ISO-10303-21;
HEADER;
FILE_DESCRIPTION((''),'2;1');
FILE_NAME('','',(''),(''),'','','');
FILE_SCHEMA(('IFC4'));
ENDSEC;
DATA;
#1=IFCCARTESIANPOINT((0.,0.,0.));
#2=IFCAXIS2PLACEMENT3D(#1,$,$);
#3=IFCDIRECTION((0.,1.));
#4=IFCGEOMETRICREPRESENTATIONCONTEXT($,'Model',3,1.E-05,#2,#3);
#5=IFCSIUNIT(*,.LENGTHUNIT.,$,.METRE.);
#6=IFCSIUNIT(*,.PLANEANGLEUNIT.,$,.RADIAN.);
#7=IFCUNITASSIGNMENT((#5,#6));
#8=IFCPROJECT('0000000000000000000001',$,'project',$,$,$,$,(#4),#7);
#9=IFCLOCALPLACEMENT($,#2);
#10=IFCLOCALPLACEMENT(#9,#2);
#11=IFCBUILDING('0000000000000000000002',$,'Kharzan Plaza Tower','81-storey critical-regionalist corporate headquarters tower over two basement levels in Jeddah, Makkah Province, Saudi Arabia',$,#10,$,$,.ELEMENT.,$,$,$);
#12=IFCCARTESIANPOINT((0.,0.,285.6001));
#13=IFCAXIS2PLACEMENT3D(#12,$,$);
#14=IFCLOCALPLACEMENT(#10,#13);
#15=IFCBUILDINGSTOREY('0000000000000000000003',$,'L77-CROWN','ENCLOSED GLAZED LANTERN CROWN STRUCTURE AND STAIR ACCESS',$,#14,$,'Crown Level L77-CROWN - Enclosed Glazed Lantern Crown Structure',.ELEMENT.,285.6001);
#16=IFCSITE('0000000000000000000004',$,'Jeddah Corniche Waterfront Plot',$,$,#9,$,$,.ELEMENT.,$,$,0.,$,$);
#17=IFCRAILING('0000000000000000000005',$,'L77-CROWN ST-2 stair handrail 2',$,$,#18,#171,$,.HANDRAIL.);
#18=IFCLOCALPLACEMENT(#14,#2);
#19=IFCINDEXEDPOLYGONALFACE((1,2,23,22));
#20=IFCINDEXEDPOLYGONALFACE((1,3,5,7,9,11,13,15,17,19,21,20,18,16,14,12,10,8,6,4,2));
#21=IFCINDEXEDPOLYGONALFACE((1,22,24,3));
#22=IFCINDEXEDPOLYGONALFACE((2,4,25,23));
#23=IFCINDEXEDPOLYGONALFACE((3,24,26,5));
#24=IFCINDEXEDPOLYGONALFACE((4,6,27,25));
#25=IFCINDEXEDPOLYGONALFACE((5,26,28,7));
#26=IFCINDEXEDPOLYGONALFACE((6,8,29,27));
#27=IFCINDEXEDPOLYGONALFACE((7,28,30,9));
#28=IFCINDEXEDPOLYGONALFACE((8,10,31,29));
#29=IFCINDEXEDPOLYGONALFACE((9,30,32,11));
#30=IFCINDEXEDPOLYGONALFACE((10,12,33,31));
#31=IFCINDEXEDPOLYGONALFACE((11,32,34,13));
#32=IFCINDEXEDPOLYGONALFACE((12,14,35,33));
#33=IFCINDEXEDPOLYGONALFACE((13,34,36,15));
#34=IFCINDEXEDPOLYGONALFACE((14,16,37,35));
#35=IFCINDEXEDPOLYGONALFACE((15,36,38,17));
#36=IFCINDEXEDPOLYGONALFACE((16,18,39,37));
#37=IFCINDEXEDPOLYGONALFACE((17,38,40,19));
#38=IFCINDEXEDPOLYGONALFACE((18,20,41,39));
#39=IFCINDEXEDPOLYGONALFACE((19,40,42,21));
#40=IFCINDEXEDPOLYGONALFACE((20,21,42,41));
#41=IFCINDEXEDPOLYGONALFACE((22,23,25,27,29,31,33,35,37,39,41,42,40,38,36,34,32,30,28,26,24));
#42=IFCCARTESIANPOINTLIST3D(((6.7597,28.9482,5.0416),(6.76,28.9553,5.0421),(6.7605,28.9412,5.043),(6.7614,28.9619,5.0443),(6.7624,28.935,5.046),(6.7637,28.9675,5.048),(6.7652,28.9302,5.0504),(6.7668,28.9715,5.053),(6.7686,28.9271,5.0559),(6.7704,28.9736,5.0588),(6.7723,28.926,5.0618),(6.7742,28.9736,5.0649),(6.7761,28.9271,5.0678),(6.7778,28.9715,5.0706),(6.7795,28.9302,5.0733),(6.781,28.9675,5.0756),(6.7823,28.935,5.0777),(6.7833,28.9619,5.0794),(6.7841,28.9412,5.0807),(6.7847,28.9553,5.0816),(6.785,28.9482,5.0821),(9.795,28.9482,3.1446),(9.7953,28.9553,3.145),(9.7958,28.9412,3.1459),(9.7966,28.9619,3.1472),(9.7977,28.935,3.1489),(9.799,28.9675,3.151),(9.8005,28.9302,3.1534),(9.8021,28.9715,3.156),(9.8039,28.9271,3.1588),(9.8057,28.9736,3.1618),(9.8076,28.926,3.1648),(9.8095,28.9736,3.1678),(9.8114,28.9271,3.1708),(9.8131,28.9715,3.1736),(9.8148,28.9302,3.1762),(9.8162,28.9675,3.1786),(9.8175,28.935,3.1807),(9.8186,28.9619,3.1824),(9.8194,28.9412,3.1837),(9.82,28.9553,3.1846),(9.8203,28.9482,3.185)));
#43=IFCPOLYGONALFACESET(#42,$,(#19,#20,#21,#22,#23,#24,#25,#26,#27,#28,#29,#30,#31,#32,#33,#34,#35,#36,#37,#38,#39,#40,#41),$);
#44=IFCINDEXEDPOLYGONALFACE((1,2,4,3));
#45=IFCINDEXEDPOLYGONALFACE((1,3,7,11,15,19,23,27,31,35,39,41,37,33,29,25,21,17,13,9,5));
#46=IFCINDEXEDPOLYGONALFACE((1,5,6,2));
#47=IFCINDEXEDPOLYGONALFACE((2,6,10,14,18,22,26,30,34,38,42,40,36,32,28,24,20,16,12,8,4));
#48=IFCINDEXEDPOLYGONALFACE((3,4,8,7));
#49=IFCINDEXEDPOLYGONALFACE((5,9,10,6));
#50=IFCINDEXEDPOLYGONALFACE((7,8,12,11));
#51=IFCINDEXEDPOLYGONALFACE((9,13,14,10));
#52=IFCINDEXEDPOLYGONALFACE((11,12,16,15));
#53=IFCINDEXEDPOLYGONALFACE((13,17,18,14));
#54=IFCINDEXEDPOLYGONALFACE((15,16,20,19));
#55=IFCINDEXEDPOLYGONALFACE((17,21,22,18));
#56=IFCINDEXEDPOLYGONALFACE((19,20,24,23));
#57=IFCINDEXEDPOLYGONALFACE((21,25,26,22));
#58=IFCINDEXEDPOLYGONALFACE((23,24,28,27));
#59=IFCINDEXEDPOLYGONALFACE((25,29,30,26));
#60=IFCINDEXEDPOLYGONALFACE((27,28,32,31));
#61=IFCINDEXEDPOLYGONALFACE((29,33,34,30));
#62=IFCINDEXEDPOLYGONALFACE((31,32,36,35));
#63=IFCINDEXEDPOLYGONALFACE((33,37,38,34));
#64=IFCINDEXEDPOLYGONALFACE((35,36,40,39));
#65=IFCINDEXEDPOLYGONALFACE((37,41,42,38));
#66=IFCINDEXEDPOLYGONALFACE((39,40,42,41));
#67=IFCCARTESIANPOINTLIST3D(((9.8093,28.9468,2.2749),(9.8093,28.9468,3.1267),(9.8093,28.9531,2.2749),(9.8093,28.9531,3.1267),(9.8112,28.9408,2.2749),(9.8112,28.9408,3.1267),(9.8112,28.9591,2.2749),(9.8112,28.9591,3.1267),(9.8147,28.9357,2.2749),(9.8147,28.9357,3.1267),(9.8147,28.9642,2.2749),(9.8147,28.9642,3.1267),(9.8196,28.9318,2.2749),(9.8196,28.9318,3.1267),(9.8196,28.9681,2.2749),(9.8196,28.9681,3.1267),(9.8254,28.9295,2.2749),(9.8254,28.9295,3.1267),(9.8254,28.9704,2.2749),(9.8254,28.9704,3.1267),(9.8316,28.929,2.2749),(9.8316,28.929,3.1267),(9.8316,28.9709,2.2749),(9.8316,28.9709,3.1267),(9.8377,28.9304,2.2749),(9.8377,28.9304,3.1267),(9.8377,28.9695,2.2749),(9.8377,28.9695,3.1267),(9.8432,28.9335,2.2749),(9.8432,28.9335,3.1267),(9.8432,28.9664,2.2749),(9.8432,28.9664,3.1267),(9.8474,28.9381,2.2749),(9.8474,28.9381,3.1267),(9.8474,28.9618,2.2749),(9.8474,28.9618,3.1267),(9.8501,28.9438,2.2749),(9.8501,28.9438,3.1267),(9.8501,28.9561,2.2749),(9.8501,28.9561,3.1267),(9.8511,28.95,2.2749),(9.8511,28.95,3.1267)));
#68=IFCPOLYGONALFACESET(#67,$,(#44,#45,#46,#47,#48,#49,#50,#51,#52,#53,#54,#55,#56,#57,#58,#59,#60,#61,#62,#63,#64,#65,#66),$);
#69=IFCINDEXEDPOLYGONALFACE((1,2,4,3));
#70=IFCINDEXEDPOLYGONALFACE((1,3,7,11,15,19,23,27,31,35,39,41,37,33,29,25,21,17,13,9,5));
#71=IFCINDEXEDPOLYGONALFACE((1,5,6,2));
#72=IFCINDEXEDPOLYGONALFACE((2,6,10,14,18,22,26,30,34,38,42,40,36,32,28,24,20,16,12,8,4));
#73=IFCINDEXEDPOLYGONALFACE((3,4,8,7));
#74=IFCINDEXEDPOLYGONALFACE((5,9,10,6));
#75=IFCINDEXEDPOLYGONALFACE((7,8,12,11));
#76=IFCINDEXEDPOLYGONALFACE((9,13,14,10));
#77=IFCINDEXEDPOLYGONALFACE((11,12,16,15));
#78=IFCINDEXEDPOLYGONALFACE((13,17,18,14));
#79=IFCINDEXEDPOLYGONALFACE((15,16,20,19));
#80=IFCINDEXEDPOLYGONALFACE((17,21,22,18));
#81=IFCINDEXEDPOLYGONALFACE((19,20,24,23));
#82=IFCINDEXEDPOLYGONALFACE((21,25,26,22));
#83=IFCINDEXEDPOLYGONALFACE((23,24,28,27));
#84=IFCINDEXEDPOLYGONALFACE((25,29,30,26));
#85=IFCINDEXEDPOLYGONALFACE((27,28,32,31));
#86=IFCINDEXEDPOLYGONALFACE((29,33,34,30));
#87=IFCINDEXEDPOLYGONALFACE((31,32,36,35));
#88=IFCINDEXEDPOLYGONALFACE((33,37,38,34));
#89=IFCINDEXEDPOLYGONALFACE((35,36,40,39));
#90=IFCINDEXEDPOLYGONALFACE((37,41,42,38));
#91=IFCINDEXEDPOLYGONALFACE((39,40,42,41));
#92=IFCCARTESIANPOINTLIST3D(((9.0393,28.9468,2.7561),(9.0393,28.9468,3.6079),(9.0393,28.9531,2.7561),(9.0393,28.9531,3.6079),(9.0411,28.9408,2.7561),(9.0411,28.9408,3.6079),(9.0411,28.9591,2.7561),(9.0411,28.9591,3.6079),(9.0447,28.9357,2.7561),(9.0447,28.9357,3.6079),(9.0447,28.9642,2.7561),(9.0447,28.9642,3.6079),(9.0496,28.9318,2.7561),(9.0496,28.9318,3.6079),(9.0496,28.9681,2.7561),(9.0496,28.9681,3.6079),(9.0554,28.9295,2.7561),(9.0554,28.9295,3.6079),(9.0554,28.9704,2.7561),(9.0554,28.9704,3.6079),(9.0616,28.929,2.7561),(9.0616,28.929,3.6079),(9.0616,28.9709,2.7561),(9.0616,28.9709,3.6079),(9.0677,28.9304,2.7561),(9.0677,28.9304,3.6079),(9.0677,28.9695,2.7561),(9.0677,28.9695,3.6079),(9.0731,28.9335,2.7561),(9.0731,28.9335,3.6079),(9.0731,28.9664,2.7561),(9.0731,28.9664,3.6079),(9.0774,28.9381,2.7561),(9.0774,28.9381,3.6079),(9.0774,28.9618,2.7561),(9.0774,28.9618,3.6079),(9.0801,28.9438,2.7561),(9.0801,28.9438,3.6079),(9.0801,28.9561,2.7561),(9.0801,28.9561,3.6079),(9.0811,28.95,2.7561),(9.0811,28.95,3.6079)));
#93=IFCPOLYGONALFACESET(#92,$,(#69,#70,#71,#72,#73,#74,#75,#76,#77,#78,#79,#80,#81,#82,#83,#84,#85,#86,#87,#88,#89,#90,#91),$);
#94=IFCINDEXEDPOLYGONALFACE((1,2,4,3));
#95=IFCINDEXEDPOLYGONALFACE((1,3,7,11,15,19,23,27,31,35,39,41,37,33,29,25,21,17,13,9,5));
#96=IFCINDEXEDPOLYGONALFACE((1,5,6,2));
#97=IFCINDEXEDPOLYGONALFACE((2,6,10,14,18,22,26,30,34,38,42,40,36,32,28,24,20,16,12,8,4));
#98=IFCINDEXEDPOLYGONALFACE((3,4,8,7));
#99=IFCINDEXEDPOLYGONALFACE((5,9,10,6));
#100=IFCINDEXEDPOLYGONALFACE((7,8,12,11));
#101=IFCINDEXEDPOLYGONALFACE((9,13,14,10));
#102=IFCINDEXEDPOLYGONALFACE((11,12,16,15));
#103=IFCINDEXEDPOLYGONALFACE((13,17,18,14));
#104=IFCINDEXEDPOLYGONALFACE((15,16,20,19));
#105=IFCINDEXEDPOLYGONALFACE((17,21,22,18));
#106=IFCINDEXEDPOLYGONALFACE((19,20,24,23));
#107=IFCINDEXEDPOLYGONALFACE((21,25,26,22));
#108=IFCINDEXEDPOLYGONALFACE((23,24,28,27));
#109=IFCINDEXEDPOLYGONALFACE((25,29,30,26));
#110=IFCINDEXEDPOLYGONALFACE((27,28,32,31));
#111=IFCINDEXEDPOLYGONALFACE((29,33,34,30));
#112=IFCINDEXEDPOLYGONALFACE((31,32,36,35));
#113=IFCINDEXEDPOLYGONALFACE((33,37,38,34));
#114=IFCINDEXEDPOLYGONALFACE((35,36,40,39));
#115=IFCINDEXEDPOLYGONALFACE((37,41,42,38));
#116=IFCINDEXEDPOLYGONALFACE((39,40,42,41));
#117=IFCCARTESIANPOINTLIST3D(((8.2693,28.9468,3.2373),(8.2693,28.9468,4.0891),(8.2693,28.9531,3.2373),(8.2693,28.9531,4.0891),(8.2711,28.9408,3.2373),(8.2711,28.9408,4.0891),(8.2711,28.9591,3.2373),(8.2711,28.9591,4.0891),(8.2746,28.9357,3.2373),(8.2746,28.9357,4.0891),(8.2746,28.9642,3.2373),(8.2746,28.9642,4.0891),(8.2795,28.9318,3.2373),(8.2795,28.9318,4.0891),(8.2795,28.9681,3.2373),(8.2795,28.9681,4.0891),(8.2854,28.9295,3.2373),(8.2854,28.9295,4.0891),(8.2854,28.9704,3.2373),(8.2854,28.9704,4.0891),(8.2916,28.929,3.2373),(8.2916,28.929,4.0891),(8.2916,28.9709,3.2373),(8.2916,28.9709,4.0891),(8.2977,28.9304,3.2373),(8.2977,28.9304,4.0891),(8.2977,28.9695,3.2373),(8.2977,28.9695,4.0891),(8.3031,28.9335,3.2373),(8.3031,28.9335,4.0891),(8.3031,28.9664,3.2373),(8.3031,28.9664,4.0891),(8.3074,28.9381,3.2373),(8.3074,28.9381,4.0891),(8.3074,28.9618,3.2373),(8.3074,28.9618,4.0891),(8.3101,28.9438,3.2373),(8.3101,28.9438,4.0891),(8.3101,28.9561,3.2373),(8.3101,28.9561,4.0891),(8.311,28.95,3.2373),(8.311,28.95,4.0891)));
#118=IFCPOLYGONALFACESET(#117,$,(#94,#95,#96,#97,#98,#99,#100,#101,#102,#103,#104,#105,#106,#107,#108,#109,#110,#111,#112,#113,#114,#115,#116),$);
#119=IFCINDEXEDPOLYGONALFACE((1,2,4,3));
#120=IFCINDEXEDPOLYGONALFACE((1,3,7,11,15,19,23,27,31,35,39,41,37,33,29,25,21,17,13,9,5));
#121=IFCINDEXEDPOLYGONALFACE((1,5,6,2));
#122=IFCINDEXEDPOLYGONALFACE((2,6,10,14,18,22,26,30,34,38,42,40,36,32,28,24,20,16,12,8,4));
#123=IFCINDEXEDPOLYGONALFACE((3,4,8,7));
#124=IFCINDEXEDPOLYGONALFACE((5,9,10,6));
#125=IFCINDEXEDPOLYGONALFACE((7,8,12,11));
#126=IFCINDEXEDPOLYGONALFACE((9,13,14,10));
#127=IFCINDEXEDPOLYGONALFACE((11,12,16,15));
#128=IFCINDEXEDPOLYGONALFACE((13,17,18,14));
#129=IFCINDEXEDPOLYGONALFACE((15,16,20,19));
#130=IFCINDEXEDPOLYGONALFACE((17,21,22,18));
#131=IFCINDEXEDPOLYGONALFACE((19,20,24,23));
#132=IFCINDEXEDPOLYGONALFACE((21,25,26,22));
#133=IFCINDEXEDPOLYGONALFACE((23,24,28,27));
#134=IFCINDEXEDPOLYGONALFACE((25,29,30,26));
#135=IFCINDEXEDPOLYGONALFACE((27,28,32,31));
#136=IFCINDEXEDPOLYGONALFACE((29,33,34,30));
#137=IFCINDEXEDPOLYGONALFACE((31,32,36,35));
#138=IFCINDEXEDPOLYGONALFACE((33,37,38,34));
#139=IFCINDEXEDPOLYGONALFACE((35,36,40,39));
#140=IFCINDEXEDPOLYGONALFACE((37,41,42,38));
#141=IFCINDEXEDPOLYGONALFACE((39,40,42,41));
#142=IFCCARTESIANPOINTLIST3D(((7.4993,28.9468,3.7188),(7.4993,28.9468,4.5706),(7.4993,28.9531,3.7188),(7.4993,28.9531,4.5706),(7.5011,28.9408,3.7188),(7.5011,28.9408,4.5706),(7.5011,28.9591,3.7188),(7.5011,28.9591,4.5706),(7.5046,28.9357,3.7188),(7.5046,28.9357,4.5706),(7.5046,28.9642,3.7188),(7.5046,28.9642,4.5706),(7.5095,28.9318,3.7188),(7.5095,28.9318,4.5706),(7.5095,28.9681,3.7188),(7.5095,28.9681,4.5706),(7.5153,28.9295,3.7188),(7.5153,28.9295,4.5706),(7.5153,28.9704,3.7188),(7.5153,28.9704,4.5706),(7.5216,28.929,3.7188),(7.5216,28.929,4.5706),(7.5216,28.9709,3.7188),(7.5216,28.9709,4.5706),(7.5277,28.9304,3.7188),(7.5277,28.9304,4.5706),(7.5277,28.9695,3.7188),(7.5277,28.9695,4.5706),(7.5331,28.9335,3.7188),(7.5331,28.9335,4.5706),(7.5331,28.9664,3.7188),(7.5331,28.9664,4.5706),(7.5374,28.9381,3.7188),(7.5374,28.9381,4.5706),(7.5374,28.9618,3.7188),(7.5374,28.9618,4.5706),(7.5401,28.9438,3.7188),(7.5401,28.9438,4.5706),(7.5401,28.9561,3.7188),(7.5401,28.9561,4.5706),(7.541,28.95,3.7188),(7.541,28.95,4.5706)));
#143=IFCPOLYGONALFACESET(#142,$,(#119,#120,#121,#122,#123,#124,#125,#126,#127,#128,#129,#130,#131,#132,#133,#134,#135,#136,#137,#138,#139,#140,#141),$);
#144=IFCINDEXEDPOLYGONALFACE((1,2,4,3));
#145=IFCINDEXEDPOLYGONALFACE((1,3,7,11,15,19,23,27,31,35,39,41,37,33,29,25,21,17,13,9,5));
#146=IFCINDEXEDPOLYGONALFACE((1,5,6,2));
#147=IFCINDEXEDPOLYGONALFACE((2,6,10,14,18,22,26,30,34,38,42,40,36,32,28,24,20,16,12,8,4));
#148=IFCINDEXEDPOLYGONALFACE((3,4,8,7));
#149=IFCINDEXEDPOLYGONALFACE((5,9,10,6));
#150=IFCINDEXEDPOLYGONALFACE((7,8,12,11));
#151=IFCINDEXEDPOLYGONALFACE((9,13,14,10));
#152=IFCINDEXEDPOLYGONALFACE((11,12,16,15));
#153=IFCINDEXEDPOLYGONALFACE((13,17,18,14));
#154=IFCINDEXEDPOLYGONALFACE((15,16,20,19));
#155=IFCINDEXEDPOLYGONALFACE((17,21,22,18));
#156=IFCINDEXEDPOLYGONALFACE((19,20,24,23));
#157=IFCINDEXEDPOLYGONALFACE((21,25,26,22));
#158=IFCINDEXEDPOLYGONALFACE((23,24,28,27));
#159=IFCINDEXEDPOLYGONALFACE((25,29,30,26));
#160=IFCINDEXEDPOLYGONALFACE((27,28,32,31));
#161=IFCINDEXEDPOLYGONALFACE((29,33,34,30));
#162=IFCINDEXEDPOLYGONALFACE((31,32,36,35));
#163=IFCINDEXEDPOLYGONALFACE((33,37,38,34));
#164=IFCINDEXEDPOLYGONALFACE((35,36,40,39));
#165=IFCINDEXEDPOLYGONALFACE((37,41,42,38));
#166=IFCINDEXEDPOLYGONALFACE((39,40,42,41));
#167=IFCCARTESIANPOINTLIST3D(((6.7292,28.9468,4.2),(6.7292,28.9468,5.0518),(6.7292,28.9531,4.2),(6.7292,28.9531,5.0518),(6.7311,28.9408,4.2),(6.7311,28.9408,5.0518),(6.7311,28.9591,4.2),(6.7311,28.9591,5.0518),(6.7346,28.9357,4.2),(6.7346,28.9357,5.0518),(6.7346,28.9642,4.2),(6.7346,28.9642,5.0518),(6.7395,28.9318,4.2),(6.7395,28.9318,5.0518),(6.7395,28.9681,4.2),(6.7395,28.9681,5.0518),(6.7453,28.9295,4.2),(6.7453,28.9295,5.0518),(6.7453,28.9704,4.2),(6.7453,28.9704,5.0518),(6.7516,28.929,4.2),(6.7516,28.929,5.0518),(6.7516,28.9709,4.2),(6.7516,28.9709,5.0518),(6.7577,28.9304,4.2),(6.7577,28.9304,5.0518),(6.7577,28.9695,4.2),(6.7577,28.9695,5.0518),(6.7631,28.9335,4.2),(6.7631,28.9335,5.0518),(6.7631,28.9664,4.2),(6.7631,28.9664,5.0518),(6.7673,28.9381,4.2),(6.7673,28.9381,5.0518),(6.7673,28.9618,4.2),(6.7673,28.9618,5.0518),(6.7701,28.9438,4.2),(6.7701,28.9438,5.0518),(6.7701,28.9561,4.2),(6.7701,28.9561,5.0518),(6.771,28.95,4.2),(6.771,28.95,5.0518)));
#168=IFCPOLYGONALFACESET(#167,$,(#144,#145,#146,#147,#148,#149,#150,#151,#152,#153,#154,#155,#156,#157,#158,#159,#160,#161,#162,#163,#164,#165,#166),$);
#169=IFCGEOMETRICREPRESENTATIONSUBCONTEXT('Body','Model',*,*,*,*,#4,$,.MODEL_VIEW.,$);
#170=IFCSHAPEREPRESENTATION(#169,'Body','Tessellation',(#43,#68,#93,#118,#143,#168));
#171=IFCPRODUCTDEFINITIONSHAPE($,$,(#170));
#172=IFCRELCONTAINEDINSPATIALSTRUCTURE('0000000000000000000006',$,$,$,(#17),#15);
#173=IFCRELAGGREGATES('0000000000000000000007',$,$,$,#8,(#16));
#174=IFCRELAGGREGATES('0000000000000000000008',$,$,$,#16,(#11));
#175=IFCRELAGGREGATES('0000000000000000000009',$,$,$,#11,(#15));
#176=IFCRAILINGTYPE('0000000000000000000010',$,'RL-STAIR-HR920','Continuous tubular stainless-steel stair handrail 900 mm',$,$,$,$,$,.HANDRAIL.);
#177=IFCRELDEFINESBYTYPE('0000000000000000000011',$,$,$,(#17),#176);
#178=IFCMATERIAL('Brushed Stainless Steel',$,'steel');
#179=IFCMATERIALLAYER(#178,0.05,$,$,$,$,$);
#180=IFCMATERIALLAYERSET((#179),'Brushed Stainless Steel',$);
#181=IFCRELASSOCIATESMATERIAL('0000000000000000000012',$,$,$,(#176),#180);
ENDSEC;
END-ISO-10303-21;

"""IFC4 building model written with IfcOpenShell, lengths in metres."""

from ifc_helpers import new_model, si_unit, direction, frame, origin, origin_2d, place, context, subcontext, project, spatial, circle, extrude, source, transform, mapped, material, layer, layer_set, type_object, element, save


model = new_model("IFC4")

# Units and contexts
model_context = context("Model", 3, precision=1e-05, world=origin(), true_north=direction((0.0, 1.0)))
body_context = subcontext(model_context, "Body", "Model", "MODEL_VIEW")
ifc_project = project(units=[si_unit("LENGTHUNIT", "METRE"), si_unit("PLANEANGLEUNIT", "RADIAN")], contexts=[model_context])

# Site, building, storey
site_placement = place(None, origin())
site = spatial("IfcSite", under=ifc_project, at=site_placement, Name="Jeddah Corniche Waterfront Plot", CompositionType="ELEMENT", RefElevation=0.0)
building_placement = place(site_placement, origin())
building = spatial("IfcBuilding", under=site, at=building_placement, Name="Kharzan Plaza Tower", Description="81-storey critical-regionalist corporate headquarters tower over two basement levels in Jeddah, Makkah Province, Saudi Arabia", CompositionType="ELEMENT")
storey_placement = place(building_placement, frame((0.0, 0.0, 285.6001)))
storey = spatial("IfcBuildingStorey", under=building, at=storey_placement, Name="L77-CROWN", Description="ENCLOSED GLAZED LANTERN CROWN STRUCTURE AND STAIR ACCESS", LongName="Crown Level L77-CROWN - Enclosed Glazed Lantern Crown Structure", CompositionType="ELEMENT", Elevation=285.6001)

# Railing
ifc_material_1 = material(Name="Brushed Stainless Steel", Category="steel")
ifc_layer_1 = layer(ifc_material_1, 0.05)
ifc_layer_set_1 = layer_set([ifc_layer_1], Name="Brushed Stainless Steel")
railing_type = type_object("IfcRailingType", Name="RL-STAIR-HR920", Description="Continuous tubular stainless-steel stair handrail 900 mm", PredefinedType="HANDRAIL", material=ifc_layer_set_1)
shared_shape_1 = source(origin(), body_context, "Body", "SweptSolid", [
    extrude(circle(Radius=0.0239, at=origin_2d()), frame((-0.0225, 0.0, 0.8899), z_axis=(-0.847998, 0.0, 0.529999), x_axis=(0.0, -1.0, 0.0)), (0.0, 0.0, 1.0), 3.5793),
    extrude(circle(Radius=0.021, at=origin_2d()), origin(), (0.0, 0.0, 1.0), 0.8518),
    extrude(circle(Radius=0.021, at=origin_2d()), frame((-0.77, 0.0, 0.4812)), (0.0, 0.0, 1.0), 0.8518),
    extrude(circle(Radius=0.021, at=origin_2d()), frame((-1.54, 0.0, 0.9624)), (0.0, 0.0, 1.0), 0.8518),
    extrude(circle(Radius=0.021, at=origin_2d()), frame((-2.3101, 0.0, 1.4438)), (0.0, 0.0, 1.0), 0.8518),
    extrude(circle(Radius=0.021, at=origin_2d()), frame((-3.0801, 0.0, 1.925)), (0.0, 0.0, 1.0), 0.8518),
])
railing_placement = place(storey_placement, frame((9.8301, 28.95, 2.2749)))
element("IfcRailing", 1, at=railing_placement, inside=storey, type_object=railing_type, Name="L77-CROWN ST-2 stair handrail 2", PredefinedType="HANDRAIL", context=body_context, shape_type="MappedRepresentation", body=[
    mapped(shared_shape_1, transform((0.0, 0.0, 0.0), x_axis=(1.0, 0.0, 0.0), y_axis=(0.0, 1.0, 0.0), z_axis=(0.0, 0.0, 1.0))),
])

save(model, "model.ifc")
